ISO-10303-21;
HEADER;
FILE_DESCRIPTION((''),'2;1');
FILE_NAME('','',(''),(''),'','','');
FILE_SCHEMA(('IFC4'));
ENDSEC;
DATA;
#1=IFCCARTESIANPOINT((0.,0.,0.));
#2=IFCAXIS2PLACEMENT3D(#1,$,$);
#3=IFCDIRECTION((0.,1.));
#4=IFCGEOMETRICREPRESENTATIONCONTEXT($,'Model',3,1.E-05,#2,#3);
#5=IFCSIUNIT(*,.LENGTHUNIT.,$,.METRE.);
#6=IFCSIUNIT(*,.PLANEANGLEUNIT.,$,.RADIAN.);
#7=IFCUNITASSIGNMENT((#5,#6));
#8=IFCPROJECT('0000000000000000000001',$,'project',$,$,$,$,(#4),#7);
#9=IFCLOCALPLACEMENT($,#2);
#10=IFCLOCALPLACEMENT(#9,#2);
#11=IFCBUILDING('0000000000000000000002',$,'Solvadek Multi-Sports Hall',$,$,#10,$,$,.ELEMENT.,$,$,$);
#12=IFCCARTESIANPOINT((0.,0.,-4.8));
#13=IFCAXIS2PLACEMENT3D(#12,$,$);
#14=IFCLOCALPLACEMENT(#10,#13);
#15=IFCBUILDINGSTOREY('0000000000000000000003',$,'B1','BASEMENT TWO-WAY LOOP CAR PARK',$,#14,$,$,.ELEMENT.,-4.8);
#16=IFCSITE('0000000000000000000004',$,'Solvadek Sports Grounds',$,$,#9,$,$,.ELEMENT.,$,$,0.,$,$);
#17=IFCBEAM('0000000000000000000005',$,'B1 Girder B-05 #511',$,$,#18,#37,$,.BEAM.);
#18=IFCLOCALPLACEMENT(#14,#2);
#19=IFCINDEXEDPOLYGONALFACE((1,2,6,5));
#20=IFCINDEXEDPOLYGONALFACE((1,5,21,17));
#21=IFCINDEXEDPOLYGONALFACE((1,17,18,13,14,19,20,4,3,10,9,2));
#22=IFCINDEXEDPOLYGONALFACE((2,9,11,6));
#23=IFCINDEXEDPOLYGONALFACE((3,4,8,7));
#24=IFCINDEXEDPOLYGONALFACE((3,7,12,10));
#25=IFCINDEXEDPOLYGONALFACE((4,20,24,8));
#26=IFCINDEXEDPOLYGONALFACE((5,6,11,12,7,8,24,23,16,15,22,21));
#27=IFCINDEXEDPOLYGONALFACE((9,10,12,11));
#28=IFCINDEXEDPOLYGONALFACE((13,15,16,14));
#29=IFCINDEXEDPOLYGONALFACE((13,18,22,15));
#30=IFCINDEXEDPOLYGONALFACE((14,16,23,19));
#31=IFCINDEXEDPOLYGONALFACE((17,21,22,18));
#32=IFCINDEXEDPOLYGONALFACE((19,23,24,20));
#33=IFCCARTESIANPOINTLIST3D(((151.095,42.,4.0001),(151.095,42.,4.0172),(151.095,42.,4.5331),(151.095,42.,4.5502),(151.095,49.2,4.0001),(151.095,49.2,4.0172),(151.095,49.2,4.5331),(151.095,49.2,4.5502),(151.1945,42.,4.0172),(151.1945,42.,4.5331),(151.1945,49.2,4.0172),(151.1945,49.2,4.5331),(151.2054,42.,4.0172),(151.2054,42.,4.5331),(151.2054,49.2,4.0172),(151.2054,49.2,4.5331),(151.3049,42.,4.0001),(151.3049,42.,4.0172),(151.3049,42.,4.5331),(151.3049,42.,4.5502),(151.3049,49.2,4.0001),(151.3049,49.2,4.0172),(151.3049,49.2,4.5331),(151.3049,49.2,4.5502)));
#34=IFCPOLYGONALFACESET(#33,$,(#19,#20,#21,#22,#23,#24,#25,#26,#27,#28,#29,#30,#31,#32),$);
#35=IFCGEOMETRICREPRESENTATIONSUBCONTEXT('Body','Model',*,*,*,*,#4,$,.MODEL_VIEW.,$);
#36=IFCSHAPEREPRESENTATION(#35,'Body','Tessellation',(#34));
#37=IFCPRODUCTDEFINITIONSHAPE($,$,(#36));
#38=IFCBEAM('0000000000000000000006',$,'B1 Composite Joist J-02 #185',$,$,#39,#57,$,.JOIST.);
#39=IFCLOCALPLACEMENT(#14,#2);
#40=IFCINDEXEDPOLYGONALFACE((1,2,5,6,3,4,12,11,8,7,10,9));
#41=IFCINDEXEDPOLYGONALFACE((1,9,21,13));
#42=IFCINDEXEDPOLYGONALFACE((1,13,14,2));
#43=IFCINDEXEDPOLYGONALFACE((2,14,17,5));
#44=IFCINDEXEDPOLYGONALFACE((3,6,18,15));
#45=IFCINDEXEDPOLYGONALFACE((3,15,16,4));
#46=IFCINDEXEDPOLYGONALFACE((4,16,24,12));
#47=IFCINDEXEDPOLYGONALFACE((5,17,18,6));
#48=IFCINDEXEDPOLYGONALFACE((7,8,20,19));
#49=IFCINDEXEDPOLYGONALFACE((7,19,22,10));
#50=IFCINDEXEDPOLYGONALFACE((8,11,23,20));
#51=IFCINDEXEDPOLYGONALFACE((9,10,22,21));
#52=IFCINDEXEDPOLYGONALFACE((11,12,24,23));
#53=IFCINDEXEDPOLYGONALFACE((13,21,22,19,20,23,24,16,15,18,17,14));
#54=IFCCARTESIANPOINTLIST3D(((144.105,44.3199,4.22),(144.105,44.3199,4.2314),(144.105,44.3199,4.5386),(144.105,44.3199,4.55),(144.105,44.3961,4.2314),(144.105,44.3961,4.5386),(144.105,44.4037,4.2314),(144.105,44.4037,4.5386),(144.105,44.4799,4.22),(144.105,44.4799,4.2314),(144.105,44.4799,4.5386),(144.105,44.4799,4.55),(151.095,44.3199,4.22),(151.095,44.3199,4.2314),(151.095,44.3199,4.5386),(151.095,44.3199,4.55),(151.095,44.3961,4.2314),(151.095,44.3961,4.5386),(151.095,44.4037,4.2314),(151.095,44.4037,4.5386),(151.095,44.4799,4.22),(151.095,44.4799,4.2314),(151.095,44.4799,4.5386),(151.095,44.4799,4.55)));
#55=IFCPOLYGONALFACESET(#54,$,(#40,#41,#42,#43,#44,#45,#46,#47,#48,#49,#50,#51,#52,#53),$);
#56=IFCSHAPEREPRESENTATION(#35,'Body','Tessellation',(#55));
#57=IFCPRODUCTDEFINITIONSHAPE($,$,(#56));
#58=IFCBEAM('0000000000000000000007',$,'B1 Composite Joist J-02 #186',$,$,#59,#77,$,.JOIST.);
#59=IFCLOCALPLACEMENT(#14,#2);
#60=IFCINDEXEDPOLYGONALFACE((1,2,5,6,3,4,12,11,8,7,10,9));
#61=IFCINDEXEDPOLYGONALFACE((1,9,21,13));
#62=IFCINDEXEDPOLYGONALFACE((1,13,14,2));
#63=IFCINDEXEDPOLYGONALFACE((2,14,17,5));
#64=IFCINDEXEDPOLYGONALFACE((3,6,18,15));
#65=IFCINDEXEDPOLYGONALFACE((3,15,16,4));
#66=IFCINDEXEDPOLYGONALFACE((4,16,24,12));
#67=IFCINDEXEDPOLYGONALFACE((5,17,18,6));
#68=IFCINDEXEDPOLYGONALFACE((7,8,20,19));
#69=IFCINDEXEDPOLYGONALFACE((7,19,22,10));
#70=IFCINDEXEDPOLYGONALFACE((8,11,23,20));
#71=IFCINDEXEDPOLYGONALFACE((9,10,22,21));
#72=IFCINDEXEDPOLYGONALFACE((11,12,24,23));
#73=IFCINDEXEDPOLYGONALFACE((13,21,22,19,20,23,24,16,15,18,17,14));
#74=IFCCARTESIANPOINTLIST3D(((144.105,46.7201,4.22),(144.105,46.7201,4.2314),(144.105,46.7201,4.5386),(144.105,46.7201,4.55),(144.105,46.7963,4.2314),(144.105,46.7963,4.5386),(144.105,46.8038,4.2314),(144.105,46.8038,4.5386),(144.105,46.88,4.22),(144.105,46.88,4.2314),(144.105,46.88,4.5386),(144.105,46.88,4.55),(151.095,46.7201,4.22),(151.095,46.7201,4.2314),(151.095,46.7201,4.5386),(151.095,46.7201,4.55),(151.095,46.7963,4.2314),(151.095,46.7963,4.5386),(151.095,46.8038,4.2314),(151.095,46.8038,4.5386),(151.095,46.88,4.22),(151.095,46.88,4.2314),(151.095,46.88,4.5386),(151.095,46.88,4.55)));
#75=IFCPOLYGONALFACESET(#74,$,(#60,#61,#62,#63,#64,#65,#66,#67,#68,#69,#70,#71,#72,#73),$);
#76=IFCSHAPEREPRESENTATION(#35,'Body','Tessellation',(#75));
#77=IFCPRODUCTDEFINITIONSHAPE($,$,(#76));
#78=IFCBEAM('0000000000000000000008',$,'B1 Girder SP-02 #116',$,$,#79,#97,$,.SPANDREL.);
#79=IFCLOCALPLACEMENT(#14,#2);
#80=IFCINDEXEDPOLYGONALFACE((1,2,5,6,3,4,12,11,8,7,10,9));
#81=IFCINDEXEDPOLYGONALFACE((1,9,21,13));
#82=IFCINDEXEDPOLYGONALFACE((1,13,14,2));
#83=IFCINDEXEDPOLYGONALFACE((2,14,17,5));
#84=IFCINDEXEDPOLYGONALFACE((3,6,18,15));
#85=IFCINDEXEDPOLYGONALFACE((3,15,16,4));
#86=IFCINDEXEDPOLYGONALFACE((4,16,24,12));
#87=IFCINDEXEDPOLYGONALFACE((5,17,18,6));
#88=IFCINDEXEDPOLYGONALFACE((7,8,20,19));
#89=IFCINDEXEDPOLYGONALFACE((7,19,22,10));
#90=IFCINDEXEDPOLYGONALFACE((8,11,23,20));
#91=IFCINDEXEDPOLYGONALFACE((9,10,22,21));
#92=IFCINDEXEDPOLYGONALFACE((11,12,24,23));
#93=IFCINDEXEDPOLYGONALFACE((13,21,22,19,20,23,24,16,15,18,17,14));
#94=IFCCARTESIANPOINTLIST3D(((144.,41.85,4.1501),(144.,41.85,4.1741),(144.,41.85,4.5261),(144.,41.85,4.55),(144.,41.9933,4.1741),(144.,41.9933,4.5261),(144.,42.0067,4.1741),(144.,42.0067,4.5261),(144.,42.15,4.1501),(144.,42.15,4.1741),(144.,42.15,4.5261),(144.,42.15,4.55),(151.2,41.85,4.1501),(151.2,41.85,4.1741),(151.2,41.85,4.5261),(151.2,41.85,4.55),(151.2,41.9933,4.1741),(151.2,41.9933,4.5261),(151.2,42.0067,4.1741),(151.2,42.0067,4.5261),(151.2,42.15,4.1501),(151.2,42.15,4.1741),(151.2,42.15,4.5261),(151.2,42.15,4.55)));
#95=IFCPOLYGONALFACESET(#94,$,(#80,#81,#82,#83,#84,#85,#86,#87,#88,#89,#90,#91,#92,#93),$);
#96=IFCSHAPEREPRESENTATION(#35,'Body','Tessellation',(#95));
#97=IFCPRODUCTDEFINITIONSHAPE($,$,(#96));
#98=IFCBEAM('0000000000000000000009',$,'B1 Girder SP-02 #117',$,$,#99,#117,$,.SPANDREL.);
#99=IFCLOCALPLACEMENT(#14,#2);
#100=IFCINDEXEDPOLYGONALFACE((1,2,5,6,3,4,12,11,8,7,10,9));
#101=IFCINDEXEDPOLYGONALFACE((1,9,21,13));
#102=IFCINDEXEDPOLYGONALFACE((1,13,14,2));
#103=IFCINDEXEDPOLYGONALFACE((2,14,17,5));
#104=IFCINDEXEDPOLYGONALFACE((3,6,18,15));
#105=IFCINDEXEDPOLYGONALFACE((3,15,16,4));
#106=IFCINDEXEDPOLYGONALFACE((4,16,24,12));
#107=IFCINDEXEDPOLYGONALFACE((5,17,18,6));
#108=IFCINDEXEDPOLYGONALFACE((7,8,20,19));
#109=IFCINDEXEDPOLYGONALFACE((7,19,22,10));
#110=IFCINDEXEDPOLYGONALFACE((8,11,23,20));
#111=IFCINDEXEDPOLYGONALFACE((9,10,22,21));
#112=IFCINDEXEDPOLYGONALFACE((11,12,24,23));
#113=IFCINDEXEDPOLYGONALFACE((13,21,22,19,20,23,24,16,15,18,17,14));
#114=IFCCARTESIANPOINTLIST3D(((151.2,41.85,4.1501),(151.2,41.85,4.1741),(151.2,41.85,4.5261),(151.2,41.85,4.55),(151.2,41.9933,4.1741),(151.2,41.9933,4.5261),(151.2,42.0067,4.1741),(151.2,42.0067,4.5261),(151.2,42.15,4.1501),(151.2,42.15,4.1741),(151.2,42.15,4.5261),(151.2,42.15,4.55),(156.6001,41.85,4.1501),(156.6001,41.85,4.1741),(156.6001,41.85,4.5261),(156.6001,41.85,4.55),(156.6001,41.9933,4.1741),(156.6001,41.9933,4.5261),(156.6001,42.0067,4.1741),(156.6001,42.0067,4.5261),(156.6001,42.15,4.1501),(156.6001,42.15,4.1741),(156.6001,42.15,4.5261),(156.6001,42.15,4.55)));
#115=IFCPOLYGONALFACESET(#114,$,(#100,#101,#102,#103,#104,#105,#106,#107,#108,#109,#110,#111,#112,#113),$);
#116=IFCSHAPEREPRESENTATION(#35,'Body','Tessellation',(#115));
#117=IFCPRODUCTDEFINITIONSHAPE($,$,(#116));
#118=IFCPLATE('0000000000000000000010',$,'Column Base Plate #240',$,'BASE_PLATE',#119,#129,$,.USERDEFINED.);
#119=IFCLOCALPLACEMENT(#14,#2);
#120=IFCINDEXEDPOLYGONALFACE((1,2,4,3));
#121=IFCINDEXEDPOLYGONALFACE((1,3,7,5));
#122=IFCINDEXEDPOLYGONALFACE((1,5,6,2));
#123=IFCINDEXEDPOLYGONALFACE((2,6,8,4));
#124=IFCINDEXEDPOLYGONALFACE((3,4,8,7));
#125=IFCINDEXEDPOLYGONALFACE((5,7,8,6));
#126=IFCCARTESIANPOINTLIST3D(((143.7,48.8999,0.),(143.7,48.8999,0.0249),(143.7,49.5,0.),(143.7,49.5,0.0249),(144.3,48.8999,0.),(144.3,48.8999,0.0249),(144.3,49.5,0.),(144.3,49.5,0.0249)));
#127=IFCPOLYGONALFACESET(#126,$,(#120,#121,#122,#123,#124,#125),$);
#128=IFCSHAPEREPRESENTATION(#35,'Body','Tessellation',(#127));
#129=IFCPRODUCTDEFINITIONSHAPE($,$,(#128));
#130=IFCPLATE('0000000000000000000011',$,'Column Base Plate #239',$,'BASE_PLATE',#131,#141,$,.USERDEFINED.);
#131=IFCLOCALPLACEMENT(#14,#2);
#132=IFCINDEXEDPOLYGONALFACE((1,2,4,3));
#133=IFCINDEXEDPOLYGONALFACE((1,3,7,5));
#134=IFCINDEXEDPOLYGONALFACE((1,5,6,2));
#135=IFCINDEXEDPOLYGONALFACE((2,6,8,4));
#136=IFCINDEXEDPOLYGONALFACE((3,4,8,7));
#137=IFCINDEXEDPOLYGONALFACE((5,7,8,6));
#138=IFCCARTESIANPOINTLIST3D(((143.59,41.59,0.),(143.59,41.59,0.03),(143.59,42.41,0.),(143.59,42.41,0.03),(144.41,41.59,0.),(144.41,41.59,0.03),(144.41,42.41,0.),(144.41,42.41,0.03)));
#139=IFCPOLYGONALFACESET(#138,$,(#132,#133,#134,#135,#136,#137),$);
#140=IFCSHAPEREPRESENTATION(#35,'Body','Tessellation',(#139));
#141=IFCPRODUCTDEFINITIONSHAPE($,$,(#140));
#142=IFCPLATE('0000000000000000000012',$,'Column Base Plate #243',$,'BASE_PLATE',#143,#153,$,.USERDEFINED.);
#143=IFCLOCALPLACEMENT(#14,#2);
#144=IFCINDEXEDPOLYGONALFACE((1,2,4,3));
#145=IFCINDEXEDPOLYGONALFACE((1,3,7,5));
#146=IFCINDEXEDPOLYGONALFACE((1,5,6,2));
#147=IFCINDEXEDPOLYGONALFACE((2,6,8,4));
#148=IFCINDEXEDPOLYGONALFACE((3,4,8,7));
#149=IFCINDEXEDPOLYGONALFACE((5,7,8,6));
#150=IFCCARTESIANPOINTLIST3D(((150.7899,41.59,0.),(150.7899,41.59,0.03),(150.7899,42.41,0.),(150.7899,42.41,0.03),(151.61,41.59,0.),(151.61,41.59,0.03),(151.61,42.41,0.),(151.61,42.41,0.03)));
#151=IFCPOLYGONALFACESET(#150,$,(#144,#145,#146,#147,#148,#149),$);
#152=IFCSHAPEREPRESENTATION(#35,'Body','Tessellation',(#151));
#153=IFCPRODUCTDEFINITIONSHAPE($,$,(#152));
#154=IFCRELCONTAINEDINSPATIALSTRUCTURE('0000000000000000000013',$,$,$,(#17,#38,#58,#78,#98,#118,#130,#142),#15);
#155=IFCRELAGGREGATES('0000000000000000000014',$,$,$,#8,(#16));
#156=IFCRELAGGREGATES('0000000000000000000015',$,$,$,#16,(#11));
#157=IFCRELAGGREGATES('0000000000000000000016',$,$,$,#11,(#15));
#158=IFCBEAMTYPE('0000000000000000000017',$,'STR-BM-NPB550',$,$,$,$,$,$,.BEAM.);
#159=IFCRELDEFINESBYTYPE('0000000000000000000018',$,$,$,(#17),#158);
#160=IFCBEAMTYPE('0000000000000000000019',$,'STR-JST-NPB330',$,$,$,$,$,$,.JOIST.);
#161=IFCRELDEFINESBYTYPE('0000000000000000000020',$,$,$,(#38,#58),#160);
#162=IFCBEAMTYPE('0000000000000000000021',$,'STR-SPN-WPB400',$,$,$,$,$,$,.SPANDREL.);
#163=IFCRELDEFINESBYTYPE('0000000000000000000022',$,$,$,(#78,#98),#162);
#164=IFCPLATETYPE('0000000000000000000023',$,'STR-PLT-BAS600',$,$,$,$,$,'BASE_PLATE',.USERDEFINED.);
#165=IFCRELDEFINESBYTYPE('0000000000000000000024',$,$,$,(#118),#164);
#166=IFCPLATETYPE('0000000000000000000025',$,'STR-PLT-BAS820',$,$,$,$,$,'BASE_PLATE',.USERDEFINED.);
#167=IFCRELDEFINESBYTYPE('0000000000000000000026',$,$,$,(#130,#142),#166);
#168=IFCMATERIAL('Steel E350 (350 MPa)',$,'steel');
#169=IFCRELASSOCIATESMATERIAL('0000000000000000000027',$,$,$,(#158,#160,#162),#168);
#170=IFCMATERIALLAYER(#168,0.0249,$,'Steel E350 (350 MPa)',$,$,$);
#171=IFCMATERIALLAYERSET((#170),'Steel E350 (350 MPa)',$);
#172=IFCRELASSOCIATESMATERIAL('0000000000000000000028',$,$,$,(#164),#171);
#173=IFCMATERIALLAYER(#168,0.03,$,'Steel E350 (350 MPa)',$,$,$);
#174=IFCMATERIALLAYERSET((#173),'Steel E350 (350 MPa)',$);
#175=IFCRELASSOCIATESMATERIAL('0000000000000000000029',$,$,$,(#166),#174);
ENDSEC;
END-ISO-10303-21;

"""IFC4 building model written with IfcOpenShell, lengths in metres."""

from ifc_helpers import new_model, si_unit, direction, frame, origin, origin_2d, place, context, subcontext, project, spatial, rectangle, i_section, extrude, material, layer, layer_set, material_profile, profile_set, type_object, element, save


model = new_model("IFC4")

# Units and contexts
model_context = context("Model", 3, precision=1e-05, world=origin(), true_north=direction((0.0, 1.0)))
body_context = subcontext(model_context, "Body", "Model", "MODEL_VIEW")
ifc_project = project(units=[si_unit("LENGTHUNIT", "METRE"), si_unit("PLANEANGLEUNIT", "RADIAN")], contexts=[model_context])

# Site, building, storey
site_placement = place(None, origin())
site = spatial("IfcSite", under=ifc_project, at=site_placement, Name="Solvadek Sports Grounds", CompositionType="ELEMENT", RefElevation=0.0)
building_placement = place(site_placement, origin())
building = spatial("IfcBuilding", under=site, at=building_placement, Name="Solvadek Multi-Sports Hall", CompositionType="ELEMENT")
storey_placement = place(building_placement, frame((0.0, 0.0, -4.8)))
storey = spatial("IfcBuildingStorey", under=building, at=storey_placement, Name="B1", Description="BASEMENT TWO-WAY LOOP CAR PARK", CompositionType="ELEMENT", Elevation=-4.8)

# Shared definitions
ifc_material_1 = material(Name="Steel E350 (350 MPa)", Category="steel")

# Beams
ifc_material_profile_1 = material_profile(ifc_material_1, i_section(OverallWidth=0.21, OverallDepth=0.55, WebThickness=0.011, FlangeThickness=0.0171, at=origin_2d()), Name="NPB 550")
ifc_profile_set_1 = profile_set([ifc_material_profile_1], Name="Steel E350 (350 MPa)")
beam_type_1 = type_object("IfcBeamType", Name="STR-BM-NPB550", PredefinedType="BEAM", material=ifc_profile_set_1)
for number, where, z_axis, x_axis, name in (
    (1, (151.2, 42.0, 4.2751), (0.0, 1.0, 0.0), (-1.0, 0.0, 0.0), "B1 Girder B-05 #511"),
):
    element("IfcBeam", number, at=place(storey_placement, frame(where, z_axis=z_axis, x_axis=x_axis)), inside=storey, type_object=beam_type_1, Name=name, PredefinedType="BEAM", context=body_context, shape_type="SweptSolid", body=[
        extrude(i_section(OverallWidth=0.21, OverallDepth=0.55, WebThickness=0.011, FlangeThickness=0.0171, at=origin_2d()), origin(), (0.0, 0.0, 1.0), 7.2),
    ])
ifc_material_profile_2 = material_profile(ifc_material_1, i_section(OverallWidth=0.1599, OverallDepth=0.3301, WebThickness=0.0076, FlangeThickness=0.0115, at=origin_2d()), Name="NPB 330")
ifc_profile_set_2 = profile_set([ifc_material_profile_2], Name="Steel E350 (350 MPa)")
beam_type_2 = type_object("IfcBeamType", Name="STR-JST-NPB330", PredefinedType="JOIST", material=ifc_profile_set_2)
for number, where, z_axis, x_axis, name in (
    (2, (144.105, 44.3999, 4.385), (1.0, 0.0, 0.0), (0.0, 1.0, 0.0), "B1 Composite Joist J-02 #185"),
    (3, (144.105, 46.8, 4.385), (1.0, 0.0, 0.0), (0.0, 1.0, 0.0), "B1 Composite Joist J-02 #186"),
):
    element("IfcBeam", number, at=place(storey_placement, frame(where, z_axis=z_axis, x_axis=x_axis)), inside=storey, type_object=beam_type_2, Name=name, PredefinedType="JOIST", context=body_context, shape_type="SweptSolid", body=[
        extrude(i_section(OverallWidth=0.1599, OverallDepth=0.3301, WebThickness=0.0076, FlangeThickness=0.0115, at=origin_2d()), origin(), (0.0, 0.0, 1.0), 6.99),
    ])
ifc_material_profile_3 = material_profile(ifc_material_1, i_section(OverallWidth=0.3, OverallDepth=0.3999, WebThickness=0.0134, FlangeThickness=0.0239, at=origin_2d()), Name="WPB 400")
ifc_profile_set_3 = profile_set([ifc_material_profile_3], Name="Steel E350 (350 MPa)")
beam_type_3 = type_object("IfcBeamType", Name="STR-SPN-WPB400", PredefinedType="SPANDREL", material=ifc_profile_set_3)
beam_1_placement = place(storey_placement, frame((144.0, 42.0, 4.3501), z_axis=(1.0, 0.0, 0.0), x_axis=(0.0, 1.0, 0.0)))
element("IfcBeam", 4, at=beam_1_placement, inside=storey, type_object=beam_type_3, Name="B1 Girder SP-02 #116", PredefinedType="SPANDREL", context=body_context, shape_type="SweptSolid", body=[
    extrude(i_section(OverallWidth=0.3, OverallDepth=0.3999, WebThickness=0.0134, FlangeThickness=0.0239, at=origin_2d()), origin(), (0.0, 0.0, 1.0), 7.2),
])
beam_2_placement = place(storey_placement, frame((151.2, 42.0, 4.3501), z_axis=(1.0, 0.0, 0.0), x_axis=(0.0, 1.0, 0.0)))
element("IfcBeam", 5, at=beam_2_placement, inside=storey, type_object=beam_type_3, Name="B1 Girder SP-02 #117", PredefinedType="SPANDREL", context=body_context, shape_type="SweptSolid", body=[
    extrude(i_section(OverallWidth=0.3, OverallDepth=0.3999, WebThickness=0.0134, FlangeThickness=0.0239, at=origin_2d()), origin(), (0.0, 0.0, 1.0), 5.4001),
])

# Plates
ifc_layer_1 = layer(ifc_material_1, 0.0249, Name="Steel E350 (350 MPa)")
ifc_layer_set_1 = layer_set([ifc_layer_1], Name="Steel E350 (350 MPa)")
plate_type_1 = type_object("IfcPlateType", Name="STR-PLT-BAS600", ElementType="BASE_PLATE", PredefinedType="USERDEFINED", material=ifc_layer_set_1)
plate_placement = place(storey_placement, frame((144.0, 49.2, 0.0), z_axis=(0.0, 0.0, 1.0), x_axis=(1.0, 0.0, 0.0)))
element("IfcPlate", 6, at=plate_placement, inside=storey, type_object=plate_type_1, Name="Column Base Plate #240", ObjectType="BASE_PLATE", PredefinedType="USERDEFINED", context=body_context, shape_type="SweptSolid", body=[
    extrude(rectangle(XDim=0.6001, YDim=0.6001, at=origin_2d()), origin(), (0.0, 0.0, 1.0), 0.0249),
])
ifc_layer_2 = layer(ifc_material_1, 0.03, Name="Steel E350 (350 MPa)")
ifc_layer_set_2 = layer_set([ifc_layer_2], Name="Steel E350 (350 MPa)")
plate_type_2 = type_object("IfcPlateType", Name="STR-PLT-BAS820", ElementType="BASE_PLATE", PredefinedType="USERDEFINED", material=ifc_layer_set_2)
for number, where, z_axis, x_axis, name in (
    (7, (144.0, 42.0, 0.0), (0.0, 0.0, 1.0), (1.0, 0.0, 0.0), "Column Base Plate #239"),
    (8, (151.2, 42.0, 0.0), (0.0, 0.0, 1.0), (1.0, 0.0, 0.0), "Column Base Plate #243"),
):
    element("IfcPlate", number, at=place(storey_placement, frame(where, z_axis=z_axis, x_axis=x_axis)), inside=storey, type_object=plate_type_2, Name=name, ObjectType="BASE_PLATE", PredefinedType="USERDEFINED", context=body_context, shape_type="SweptSolid", body=[
        extrude(rectangle(XDim=0.8201, YDim=0.8201, at=origin_2d()), origin(), (0.0, 0.0, 1.0), 0.03),
    ])

save(model, "model.ifc")
